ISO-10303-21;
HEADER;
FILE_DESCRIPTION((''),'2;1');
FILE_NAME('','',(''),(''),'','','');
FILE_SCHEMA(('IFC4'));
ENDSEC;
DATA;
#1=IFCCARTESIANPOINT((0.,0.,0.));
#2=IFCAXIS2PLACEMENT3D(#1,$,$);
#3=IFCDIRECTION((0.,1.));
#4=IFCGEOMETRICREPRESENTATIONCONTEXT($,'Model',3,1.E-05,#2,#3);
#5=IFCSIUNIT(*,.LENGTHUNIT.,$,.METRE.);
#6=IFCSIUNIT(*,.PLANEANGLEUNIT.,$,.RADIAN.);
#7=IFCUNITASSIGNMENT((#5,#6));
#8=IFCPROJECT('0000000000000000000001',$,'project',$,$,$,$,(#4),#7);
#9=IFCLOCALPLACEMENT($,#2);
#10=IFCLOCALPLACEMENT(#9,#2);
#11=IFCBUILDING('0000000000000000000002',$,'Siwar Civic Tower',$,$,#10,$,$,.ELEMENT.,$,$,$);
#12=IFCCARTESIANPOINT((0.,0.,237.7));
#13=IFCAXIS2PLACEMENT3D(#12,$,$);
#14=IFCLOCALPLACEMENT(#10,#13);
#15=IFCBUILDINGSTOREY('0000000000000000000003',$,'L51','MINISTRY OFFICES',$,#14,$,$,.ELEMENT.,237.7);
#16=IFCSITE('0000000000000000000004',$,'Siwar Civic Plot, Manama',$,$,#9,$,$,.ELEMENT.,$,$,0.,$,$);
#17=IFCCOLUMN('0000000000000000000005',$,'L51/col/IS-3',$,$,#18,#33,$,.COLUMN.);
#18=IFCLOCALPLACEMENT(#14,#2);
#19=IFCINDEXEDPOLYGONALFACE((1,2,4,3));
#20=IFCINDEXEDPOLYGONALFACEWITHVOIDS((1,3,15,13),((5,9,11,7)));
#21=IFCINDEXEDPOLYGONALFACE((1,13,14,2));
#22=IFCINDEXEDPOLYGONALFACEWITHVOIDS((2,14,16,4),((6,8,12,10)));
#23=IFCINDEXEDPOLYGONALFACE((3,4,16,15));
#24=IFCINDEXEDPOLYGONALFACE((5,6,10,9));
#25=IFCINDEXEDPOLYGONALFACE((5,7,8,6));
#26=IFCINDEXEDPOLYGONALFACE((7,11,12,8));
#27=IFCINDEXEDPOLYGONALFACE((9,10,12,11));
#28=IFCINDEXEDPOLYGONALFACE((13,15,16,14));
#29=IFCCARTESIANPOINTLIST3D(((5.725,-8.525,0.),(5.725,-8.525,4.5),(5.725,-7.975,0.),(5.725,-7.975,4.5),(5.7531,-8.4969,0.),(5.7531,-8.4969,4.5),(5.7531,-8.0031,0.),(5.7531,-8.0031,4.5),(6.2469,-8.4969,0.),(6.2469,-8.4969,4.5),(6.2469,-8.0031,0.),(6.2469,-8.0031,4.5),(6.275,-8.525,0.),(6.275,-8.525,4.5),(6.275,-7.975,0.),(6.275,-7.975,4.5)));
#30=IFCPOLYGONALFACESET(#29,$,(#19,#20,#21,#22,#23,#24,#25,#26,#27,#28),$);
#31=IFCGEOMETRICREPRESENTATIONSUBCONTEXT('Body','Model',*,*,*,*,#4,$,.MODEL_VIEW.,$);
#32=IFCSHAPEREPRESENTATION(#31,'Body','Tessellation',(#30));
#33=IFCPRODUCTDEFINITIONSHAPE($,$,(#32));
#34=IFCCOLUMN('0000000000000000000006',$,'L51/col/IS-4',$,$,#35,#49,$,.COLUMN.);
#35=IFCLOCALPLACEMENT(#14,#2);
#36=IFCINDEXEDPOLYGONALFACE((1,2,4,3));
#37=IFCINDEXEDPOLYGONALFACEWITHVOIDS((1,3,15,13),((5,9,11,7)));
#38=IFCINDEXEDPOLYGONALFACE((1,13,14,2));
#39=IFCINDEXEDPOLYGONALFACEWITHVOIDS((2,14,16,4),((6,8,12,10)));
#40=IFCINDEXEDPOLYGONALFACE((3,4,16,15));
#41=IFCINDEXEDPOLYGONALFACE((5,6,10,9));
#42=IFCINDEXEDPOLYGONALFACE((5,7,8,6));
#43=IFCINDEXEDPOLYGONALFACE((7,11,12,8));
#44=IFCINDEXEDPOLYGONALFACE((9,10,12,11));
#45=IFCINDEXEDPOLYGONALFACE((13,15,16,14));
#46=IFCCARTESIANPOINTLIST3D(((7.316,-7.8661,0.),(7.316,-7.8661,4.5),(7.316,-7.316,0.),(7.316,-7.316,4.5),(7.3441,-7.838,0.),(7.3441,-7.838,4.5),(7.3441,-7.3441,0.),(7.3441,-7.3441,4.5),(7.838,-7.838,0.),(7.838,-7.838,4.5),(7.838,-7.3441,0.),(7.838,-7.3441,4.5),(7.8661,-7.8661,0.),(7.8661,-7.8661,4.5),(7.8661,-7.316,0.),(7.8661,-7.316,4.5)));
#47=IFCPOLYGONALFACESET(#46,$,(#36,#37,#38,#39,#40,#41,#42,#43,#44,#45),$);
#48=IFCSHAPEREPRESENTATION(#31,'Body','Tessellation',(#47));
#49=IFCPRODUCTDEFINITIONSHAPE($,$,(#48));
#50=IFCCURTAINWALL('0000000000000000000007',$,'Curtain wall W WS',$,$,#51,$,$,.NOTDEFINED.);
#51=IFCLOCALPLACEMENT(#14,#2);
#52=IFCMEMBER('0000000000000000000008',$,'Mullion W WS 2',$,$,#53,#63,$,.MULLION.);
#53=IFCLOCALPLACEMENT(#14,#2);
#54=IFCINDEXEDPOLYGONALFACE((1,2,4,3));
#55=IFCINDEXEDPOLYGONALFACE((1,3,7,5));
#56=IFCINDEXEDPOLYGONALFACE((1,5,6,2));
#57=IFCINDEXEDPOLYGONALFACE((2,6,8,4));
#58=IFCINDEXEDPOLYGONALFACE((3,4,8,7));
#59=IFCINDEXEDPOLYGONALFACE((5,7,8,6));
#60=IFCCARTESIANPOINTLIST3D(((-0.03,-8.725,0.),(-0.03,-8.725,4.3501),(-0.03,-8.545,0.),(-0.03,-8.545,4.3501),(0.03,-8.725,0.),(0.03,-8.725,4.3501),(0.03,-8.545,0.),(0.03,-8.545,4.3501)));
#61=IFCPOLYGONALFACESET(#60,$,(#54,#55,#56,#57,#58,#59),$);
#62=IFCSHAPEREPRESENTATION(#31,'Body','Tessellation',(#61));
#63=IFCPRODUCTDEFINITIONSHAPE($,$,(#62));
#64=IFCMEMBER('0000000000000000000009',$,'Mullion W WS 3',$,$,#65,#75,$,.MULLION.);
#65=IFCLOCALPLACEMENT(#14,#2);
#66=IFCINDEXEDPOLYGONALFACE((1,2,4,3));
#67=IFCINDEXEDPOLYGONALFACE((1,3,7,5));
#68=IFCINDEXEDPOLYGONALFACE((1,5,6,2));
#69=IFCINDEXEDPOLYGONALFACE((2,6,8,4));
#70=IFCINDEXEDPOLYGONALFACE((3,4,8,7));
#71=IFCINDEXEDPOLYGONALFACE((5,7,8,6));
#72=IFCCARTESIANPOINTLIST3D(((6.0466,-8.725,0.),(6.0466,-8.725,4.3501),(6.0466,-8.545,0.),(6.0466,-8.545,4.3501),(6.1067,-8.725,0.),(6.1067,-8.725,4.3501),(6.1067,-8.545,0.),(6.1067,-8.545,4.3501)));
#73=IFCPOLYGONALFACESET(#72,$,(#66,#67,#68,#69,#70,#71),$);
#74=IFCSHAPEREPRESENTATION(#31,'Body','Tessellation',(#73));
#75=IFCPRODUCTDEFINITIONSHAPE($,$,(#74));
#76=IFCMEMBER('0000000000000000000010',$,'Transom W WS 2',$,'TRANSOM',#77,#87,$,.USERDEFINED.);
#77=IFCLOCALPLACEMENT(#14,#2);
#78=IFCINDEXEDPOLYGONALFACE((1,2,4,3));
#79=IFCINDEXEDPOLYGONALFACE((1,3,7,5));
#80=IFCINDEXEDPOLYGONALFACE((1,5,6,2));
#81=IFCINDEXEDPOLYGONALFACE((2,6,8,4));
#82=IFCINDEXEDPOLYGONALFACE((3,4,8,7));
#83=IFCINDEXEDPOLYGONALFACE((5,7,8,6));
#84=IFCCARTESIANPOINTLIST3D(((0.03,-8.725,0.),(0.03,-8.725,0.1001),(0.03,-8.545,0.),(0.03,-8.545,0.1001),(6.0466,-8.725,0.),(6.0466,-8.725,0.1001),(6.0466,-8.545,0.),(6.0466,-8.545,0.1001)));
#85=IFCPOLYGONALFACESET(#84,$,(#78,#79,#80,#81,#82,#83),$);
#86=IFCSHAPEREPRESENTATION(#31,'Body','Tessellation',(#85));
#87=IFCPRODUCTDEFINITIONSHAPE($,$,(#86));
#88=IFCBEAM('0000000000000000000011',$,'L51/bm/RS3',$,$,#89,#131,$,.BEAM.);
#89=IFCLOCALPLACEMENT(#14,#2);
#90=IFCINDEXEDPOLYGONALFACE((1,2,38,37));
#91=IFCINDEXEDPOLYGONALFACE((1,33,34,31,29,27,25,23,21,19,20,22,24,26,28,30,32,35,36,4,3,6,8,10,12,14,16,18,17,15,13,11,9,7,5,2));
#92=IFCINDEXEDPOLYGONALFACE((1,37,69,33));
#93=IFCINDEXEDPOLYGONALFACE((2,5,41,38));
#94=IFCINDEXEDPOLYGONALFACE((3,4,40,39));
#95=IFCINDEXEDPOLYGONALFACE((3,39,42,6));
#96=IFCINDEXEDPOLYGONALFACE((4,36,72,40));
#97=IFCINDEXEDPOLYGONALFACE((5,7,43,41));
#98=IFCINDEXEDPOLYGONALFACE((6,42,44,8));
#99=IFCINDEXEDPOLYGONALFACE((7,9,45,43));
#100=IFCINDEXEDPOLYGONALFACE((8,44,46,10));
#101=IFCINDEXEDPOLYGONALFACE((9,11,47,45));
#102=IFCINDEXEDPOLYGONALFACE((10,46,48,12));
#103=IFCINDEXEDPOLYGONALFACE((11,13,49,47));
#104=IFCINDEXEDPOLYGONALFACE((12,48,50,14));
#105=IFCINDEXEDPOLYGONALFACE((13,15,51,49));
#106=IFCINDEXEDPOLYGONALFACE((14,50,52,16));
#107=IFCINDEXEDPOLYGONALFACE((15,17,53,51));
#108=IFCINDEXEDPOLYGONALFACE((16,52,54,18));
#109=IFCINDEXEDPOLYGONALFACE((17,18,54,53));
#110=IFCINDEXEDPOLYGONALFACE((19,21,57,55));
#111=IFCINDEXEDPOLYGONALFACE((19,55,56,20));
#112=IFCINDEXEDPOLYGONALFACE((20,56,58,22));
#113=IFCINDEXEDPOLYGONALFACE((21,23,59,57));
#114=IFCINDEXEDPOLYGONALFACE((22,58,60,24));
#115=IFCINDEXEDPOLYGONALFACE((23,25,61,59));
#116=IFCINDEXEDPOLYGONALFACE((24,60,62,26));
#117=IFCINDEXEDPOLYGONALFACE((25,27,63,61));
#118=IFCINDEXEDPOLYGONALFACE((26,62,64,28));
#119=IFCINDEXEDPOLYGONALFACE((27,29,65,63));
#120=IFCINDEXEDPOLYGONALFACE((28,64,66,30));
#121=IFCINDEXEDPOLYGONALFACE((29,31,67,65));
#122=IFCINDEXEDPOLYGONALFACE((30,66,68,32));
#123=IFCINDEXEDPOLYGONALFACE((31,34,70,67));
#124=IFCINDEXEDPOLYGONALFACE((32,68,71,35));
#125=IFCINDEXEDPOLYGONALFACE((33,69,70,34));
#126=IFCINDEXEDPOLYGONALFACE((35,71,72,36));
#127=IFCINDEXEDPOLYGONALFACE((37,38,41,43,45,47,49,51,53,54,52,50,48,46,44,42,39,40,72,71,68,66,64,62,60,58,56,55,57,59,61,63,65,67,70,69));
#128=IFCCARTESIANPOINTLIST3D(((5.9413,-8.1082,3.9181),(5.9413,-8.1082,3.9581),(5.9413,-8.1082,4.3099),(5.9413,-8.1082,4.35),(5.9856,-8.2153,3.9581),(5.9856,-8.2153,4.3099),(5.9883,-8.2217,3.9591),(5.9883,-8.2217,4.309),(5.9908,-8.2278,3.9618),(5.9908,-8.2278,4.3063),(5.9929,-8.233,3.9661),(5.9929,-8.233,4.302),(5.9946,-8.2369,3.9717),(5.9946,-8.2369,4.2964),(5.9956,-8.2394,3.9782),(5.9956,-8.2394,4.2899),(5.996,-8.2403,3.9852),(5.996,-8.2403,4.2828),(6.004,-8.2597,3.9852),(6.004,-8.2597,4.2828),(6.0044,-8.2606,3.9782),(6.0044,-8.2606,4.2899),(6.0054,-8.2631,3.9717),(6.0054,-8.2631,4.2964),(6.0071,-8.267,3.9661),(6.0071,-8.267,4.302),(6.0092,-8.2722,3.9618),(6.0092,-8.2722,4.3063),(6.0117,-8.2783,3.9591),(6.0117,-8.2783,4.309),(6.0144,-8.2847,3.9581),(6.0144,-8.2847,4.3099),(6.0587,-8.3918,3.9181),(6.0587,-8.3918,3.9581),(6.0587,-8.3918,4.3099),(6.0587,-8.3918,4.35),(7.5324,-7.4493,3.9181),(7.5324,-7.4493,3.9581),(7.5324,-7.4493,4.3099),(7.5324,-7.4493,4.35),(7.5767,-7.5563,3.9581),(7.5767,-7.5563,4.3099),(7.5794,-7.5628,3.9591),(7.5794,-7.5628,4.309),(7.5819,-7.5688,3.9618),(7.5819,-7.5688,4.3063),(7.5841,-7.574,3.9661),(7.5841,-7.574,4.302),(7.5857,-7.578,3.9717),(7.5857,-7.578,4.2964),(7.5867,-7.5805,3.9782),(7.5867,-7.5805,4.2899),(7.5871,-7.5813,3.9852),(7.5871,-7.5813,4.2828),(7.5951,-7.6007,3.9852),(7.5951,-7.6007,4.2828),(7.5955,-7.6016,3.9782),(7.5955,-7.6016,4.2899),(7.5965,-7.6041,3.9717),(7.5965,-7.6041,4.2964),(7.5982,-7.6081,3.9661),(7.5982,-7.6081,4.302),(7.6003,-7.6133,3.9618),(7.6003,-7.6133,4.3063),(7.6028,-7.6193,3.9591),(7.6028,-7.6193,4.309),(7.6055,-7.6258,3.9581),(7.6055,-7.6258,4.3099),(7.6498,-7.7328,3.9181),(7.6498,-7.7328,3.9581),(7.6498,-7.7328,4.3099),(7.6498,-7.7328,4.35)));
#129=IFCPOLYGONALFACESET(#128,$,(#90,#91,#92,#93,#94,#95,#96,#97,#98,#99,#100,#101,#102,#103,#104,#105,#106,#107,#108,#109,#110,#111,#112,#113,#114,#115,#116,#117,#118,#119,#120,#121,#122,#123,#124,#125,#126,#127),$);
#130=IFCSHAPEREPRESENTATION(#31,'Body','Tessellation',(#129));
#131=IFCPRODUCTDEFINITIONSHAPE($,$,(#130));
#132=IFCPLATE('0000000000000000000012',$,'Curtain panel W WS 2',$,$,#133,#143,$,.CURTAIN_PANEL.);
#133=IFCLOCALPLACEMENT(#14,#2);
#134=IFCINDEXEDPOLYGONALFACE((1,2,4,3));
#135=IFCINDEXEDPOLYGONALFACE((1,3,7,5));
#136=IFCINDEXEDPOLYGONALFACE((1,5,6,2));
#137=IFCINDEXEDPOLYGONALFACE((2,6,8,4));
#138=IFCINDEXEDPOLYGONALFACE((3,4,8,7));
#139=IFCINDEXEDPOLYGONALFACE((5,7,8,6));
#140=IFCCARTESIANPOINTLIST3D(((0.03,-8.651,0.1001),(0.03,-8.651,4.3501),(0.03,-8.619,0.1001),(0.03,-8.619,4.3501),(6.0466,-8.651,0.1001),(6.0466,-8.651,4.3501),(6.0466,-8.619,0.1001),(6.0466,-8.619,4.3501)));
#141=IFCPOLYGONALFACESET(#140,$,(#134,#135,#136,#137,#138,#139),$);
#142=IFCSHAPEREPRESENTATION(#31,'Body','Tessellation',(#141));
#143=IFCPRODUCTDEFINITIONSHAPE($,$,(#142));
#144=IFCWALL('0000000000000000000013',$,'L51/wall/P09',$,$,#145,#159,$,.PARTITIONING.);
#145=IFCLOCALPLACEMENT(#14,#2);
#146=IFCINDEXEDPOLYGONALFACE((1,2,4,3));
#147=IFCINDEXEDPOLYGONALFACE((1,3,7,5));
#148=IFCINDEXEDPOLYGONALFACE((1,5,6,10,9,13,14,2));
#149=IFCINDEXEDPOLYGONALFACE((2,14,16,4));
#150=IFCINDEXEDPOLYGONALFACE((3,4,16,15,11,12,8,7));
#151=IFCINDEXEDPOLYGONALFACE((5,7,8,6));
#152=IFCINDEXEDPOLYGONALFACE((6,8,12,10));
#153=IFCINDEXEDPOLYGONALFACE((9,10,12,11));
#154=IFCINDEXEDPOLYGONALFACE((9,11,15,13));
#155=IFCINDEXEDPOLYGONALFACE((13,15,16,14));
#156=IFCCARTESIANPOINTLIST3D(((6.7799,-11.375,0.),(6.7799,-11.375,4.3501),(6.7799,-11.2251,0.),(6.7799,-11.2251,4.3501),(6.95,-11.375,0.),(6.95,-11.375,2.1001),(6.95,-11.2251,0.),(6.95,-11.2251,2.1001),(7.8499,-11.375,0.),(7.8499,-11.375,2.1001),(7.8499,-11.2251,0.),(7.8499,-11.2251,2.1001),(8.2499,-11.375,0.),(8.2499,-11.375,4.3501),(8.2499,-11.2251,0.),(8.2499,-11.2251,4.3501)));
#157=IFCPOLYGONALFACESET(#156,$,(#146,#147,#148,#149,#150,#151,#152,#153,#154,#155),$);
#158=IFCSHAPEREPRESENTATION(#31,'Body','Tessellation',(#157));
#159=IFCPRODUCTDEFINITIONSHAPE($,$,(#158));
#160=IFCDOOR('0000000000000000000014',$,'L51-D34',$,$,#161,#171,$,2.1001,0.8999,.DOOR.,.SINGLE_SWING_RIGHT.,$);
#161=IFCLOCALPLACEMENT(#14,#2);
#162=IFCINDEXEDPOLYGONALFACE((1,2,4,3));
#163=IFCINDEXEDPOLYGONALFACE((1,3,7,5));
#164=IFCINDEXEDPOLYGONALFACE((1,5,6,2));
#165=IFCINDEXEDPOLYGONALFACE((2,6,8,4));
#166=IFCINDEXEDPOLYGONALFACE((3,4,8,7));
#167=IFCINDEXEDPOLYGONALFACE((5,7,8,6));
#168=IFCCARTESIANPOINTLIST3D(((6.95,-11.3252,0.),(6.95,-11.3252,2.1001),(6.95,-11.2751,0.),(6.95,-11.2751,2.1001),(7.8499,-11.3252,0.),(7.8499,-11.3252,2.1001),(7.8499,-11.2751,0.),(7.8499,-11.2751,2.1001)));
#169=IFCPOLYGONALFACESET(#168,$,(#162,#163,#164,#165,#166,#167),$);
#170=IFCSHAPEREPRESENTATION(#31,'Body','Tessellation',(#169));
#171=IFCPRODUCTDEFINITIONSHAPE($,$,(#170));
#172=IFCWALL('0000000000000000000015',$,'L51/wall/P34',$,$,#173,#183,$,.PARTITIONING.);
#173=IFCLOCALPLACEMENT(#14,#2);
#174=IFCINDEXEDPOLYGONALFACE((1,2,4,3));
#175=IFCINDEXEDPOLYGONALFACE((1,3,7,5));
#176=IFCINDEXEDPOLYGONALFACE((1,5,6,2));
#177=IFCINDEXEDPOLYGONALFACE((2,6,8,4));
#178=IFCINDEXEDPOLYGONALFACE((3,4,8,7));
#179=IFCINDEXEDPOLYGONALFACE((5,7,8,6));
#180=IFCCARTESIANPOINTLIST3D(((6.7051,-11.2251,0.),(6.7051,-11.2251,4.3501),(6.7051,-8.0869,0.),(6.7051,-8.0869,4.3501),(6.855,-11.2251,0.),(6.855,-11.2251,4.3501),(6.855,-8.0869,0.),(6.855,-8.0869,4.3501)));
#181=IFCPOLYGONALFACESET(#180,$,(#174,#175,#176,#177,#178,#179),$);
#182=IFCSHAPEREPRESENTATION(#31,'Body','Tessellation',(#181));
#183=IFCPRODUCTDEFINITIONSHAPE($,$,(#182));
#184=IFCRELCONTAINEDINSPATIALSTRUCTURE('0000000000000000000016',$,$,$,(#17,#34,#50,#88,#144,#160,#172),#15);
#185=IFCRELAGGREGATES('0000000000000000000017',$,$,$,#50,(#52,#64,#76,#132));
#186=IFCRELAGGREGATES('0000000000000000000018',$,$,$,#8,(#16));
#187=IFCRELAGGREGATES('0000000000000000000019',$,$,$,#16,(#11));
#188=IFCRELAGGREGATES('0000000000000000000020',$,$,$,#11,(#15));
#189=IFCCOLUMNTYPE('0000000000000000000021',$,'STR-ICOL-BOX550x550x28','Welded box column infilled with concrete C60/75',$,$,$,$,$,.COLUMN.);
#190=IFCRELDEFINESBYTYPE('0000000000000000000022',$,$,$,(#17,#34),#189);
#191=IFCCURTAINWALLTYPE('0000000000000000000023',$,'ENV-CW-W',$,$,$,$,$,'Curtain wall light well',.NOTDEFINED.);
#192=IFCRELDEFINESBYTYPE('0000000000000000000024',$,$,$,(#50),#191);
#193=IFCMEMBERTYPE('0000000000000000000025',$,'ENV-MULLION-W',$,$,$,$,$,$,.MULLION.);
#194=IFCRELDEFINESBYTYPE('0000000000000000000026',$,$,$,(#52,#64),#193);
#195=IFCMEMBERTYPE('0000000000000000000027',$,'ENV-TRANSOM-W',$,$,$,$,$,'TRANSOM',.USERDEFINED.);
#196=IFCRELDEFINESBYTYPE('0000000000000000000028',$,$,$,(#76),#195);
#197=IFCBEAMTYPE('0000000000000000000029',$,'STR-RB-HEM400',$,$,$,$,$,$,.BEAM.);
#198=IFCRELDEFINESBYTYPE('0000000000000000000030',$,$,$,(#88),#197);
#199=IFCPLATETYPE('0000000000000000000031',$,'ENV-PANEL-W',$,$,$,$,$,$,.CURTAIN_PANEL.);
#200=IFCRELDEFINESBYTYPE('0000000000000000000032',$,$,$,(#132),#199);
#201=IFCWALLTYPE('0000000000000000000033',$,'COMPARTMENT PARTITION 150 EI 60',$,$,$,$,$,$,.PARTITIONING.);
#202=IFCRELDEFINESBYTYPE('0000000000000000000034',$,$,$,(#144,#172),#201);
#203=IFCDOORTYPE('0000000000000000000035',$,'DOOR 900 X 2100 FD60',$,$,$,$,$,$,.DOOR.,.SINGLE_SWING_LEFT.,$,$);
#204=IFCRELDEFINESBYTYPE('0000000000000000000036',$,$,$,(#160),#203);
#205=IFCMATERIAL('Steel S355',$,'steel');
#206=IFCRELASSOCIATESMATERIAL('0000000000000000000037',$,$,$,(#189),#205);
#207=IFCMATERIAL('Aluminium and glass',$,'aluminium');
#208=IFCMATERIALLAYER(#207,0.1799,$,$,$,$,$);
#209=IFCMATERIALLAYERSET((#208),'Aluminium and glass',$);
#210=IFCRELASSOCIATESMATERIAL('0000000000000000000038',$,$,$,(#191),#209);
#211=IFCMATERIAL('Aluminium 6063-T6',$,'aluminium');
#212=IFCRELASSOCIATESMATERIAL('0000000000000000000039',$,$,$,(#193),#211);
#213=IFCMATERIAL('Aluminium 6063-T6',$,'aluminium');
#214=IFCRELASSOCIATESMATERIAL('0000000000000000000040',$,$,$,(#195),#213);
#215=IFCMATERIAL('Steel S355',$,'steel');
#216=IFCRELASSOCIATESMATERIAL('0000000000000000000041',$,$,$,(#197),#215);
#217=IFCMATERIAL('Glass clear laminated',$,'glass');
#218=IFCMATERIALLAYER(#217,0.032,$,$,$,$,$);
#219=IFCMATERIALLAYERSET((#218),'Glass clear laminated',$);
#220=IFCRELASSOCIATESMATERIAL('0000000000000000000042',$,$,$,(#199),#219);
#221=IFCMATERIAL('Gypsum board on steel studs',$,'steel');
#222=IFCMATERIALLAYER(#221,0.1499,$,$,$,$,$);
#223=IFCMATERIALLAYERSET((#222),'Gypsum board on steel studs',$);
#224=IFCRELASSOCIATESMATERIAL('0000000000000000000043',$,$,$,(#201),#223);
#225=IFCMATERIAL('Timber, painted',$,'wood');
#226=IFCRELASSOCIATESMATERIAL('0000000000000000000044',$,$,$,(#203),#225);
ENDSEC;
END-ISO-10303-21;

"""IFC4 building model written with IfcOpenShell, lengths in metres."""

from ifc_helpers import new_model, si_unit, direction, frame, frame_2d, origin, origin_2d, place, context, subcontext, project, spatial, rectangle, hollow_rectangle, i_section, extrude, material, layer, layer_set, material_profile, profile_set, type_object, element, fill, aggregate, save


model = new_model("IFC4")

# Units and contexts
model_context = context("Model", 3, precision=1e-05, world=origin(), true_north=direction((0.0, 1.0)))
body_context = subcontext(model_context, "Body", "Model", "MODEL_VIEW")
ifc_project = project(units=[si_unit("LENGTHUNIT", "METRE"), si_unit("PLANEANGLEUNIT", "RADIAN")], contexts=[model_context])

# Site, building, storey
site_placement = place(None, origin())
site = spatial("IfcSite", under=ifc_project, at=site_placement, Name="Siwar Civic Plot, Manama", CompositionType="ELEMENT", RefElevation=0.0)
building_placement = place(site_placement, origin())
building = spatial("IfcBuilding", under=site, at=building_placement, Name="Siwar Civic Tower", CompositionType="ELEMENT")
storey_placement = place(building_placement, frame((0.0, 0.0, 237.7)))
storey = spatial("IfcBuildingStorey", under=building, at=storey_placement, Name="L51", Description="MINISTRY OFFICES", CompositionType="ELEMENT", Elevation=237.7)

# Columns
ifc_material_1 = material(Name="Steel S355", Category="steel")
ifc_material_profile_1 = material_profile(ifc_material_1, hollow_rectangle(XDim=0.55, YDim=0.55, WallThickness=0.0281, at=origin_2d()), Name="BOX550x550x28")
ifc_profile_set_1 = profile_set([ifc_material_profile_1], Name="Steel S355")
column_type = type_object("IfcColumnType", Name="STR-ICOL-BOX550x550x28", Description="Welded box column infilled with concrete C60/75", PredefinedType="COLUMN", material=ifc_profile_set_1)
for number, where, z_axis, x_axis, name in (
    (1, (6.0, -8.25, 0.0), (0.0, 0.0, 1.0), (1.0, 0.0, 0.0), "L51/col/IS-3"),
    (2, (7.5911, -7.5911, 0.0), (0.0, 0.0, 1.0), (1.0, 0.0, 0.0), "L51/col/IS-4"),
):
    element("IfcColumn", number, at=place(storey_placement, frame(where, z_axis=z_axis, x_axis=x_axis)), inside=storey, type_object=column_type, Name=name, PredefinedType="COLUMN", context=body_context, shape_type="SweptSolid", body=[
        extrude(hollow_rectangle(XDim=0.55, YDim=0.55, WallThickness=0.0281, at=origin_2d()), origin(), (0.0, 0.0, 1.0), 4.5),
    ])

# Curtain wall, members
ifc_material_2 = material(Name="Aluminium and glass", Category="aluminium")
ifc_layer_1 = layer(ifc_material_2, 0.1799)
ifc_layer_set_1 = layer_set([ifc_layer_1], Name="Aluminium and glass")
curtain_wall_type = type_object("IfcCurtainWallType", Name="ENV-CW-W", ElementType="Curtain wall light well", PredefinedType="NOTDEFINED", material=ifc_layer_set_1)
curtain_wall_placement = place(storey_placement, origin())
curtain_wall = element("IfcCurtainWall", 3, at=curtain_wall_placement, inside=storey, type_object=curtain_wall_type, Name="Curtain wall W WS", PredefinedType="NOTDEFINED")
ifc_material_3 = material(Name="Aluminium 6063-T6", Category="aluminium")
ifc_material_profile_2 = material_profile(ifc_material_3, rectangle(XDim=0.1799, YDim=0.0601, at=origin_2d()), Name="AL 180x60")
ifc_profile_set_2 = profile_set([ifc_material_profile_2], Name="Aluminium 6063-T6")
member_type_1 = type_object("IfcMemberType", Name="ENV-MULLION-W", PredefinedType="MULLION", material=ifc_profile_set_2)
member_1_placement = place(storey_placement, frame((0.0, -8.635, 0.0), z_axis=(0.0, 0.0, 1.0), x_axis=(0.0, 1.0, 0.0)))
member_1 = element("IfcMember", 4, at=member_1_placement, type_object=member_type_1, Name="Mullion W WS 2", PredefinedType="MULLION", context=body_context, shape_type="SweptSolid", body=[
    extrude(rectangle(XDim=0.1799, YDim=0.0601, at=origin_2d()), origin(), (0.0, 0.0, 1.0), 4.3501),
])
member_2_placement = place(storey_placement, frame((6.0767, -8.635, 0.0), z_axis=(0.0, 0.0, 1.0), x_axis=(0.0, 1.0, 0.0)))
member_2 = element("IfcMember", 5, at=member_2_placement, type_object=member_type_1, Name="Mullion W WS 3", PredefinedType="MULLION", context=body_context, shape_type="SweptSolid", body=[
    extrude(rectangle(XDim=0.1799, YDim=0.0601, at=origin_2d()), origin(), (0.0, 0.0, 1.0), 4.3501),
])
ifc_material_4 = material(Name="Aluminium 6063-T6", Category="aluminium")
ifc_material_profile_3 = material_profile(ifc_material_4, rectangle(XDim=0.1799, YDim=0.1001, at=origin_2d()), Name="AL 180x100")
ifc_profile_set_3 = profile_set([ifc_material_profile_3], Name="Aluminium 6063-T6")
member_type_2 = type_object("IfcMemberType", Name="ENV-TRANSOM-W", ElementType="TRANSOM", PredefinedType="USERDEFINED", material=ifc_profile_set_3)
member_3_placement = place(storey_placement, frame((0.03, -8.635, 0.05), z_axis=(1.0, 0.0, 0.0), x_axis=(0.0, 1.0, 0.0)))
member_3 = element("IfcMember", 6, at=member_3_placement, type_object=member_type_2, Name="Transom W WS 2", ObjectType="TRANSOM", PredefinedType="USERDEFINED", context=body_context, shape_type="SweptSolid", body=[
    extrude(rectangle(XDim=0.1799, YDim=0.1001, at=origin_2d()), origin(), (0.0, 0.0, 1.0), 6.0166),
])

# Beam
ifc_material_5 = material(Name="Steel S355", Category="steel")
ifc_material_profile_4 = material_profile(ifc_material_5, i_section(OverallWidth=0.3069, OverallDepth=0.4319, WebThickness=0.021, FlangeThickness=0.04, FilletRadius=0.0271, at=origin_2d()), Name="HEM400")
ifc_profile_set_4 = profile_set([ifc_material_profile_4], Name="Steel S355")
beam_type = type_object("IfcBeamType", Name="STR-RB-HEM400", PredefinedType="BEAM", material=ifc_profile_set_4)
beam_placement = place(storey_placement, frame((6.0, -8.25, 4.134), z_axis=(0.923901, 0.382631, 0.0), x_axis=(-0.382631, 0.923901, 0.0)))
element("IfcBeam", 7, at=beam_placement, inside=storey, type_object=beam_type, Name="L51/bm/RS3", PredefinedType="BEAM", context=body_context, shape_type="SweptSolid", body=[
    extrude(i_section(OverallWidth=0.3069, OverallDepth=0.4319, WebThickness=0.021, FlangeThickness=0.04, FilletRadius=0.0271, at=origin_2d()), origin(), (0.0, 0.0, 1.0), 1.7222),
])

# Plate
ifc_material_6 = material(Name="Glass clear laminated", Category="glass")
ifc_layer_2 = layer(ifc_material_6, 0.032)
ifc_layer_set_2 = layer_set([ifc_layer_2], Name="Glass clear laminated")
plate_type = type_object("IfcPlateType", Name="ENV-PANEL-W", PredefinedType="CURTAIN_PANEL", material=ifc_layer_set_2)
plate_placement = place(storey_placement, frame((3.0383, -8.635, 0.1001), z_axis=(0.0, 0.0, 1.0), x_axis=(1.0, 0.0, 0.0)))
plate = element("IfcPlate", 8, at=plate_placement, type_object=plate_type, Name="Curtain panel W WS 2", PredefinedType="CURTAIN_PANEL", context=body_context, shape_type="SweptSolid", body=[
    extrude(rectangle(XDim=6.0166, YDim=0.032, at=origin_2d()), origin(), (0.0, 0.0, 1.0), 4.25),
])
aggregate(curtain_wall, [member_1, member_2, member_3, plate])

# Wall, opening, door
ifc_material_7 = material(Name="Gypsum board on steel studs", Category="steel")
ifc_layer_3 = layer(ifc_material_7, 0.1499)
ifc_layer_set_3 = layer_set([ifc_layer_3], Name="Gypsum board on steel studs")
wall_type_1 = type_object("IfcWallType", Name="COMPARTMENT PARTITION 150 EI 60", PredefinedType="PARTITIONING", material=ifc_layer_set_3)
wall_1_placement = place(storey_placement, frame((6.78, -11.3, 0.0), z_axis=(0.0, 0.0, 1.0), x_axis=(1.0, 0.0, 0.0)))
wall_1 = element("IfcWall", 9, at=wall_1_placement, inside=storey, type_object=wall_type_1, Name="L51/wall/P09", PredefinedType="PARTITIONING", context=body_context, shape_type="SweptSolid", body=[
    extrude(rectangle(XDim=1.47, YDim=0.1499, at=frame_2d((0.7349, 0.0))), origin(), (0.0, 0.0, 1.0), 4.3501),
])
opening_placement = place(wall_1_placement, frame((0.1699, 0.0, 0.0)))
opening = element("IfcOpeningElement", 10, at=opening_placement, cuts=wall_1, PredefinedType="OPENING", context=body_context, shape_type="SweptSolid", body=[
    extrude(rectangle(XDim=0.8999, YDim=2.1001, at=frame_2d((0.45, 1.05))), frame((0.0, 0.085, 0.0), z_axis=(0.0, -1.0, 0.0), x_axis=(1.0, 0.0, 0.0)), (0.0, 0.0, 1.0), 0.1699),
])
ifc_material_8 = material(Name="Timber, painted", Category="wood")
door_type = type_object("IfcDoorType", Name="DOOR 900 X 2100 FD60", OperationType="SINGLE_SWING_LEFT", PredefinedType="DOOR", material=ifc_material_8)
door_placement = place(opening_placement, origin())
door = element("IfcDoor", 11, at=door_placement, inside=storey, type_object=door_type, Name="L51-D34", OperationType="SINGLE_SWING_RIGHT", OverallHeight=2.1001, OverallWidth=0.8999, PredefinedType="DOOR", context=body_context, shape_type="SweptSolid", body=[
    extrude(rectangle(XDim=0.8999, YDim=2.1001, at=frame_2d((0.45, 1.05))), frame((0.0, 0.0249, 0.0), z_axis=(0.0, -1.0, 0.0), x_axis=(1.0, 0.0, 0.0)), (0.0, 0.0, 1.0), 0.05),
])
fill(opening, door)

# Wall
wall_2_placement = place(storey_placement, frame((6.78, -11.2251, 0.0), z_axis=(0.0, 0.0, 1.0), x_axis=(0.0, 1.0, 0.0)))
element("IfcWall", 12, at=wall_2_placement, inside=storey, type_object=wall_type_1, Name="L51/wall/P34", PredefinedType="PARTITIONING", context=body_context, shape_type="SweptSolid", body=[
    extrude(rectangle(XDim=3.1382, YDim=0.1499, at=frame_2d((1.5691, 0.0))), origin(), (0.0, 0.0, 1.0), 4.3501),
])

save(model, "model.ifc")
